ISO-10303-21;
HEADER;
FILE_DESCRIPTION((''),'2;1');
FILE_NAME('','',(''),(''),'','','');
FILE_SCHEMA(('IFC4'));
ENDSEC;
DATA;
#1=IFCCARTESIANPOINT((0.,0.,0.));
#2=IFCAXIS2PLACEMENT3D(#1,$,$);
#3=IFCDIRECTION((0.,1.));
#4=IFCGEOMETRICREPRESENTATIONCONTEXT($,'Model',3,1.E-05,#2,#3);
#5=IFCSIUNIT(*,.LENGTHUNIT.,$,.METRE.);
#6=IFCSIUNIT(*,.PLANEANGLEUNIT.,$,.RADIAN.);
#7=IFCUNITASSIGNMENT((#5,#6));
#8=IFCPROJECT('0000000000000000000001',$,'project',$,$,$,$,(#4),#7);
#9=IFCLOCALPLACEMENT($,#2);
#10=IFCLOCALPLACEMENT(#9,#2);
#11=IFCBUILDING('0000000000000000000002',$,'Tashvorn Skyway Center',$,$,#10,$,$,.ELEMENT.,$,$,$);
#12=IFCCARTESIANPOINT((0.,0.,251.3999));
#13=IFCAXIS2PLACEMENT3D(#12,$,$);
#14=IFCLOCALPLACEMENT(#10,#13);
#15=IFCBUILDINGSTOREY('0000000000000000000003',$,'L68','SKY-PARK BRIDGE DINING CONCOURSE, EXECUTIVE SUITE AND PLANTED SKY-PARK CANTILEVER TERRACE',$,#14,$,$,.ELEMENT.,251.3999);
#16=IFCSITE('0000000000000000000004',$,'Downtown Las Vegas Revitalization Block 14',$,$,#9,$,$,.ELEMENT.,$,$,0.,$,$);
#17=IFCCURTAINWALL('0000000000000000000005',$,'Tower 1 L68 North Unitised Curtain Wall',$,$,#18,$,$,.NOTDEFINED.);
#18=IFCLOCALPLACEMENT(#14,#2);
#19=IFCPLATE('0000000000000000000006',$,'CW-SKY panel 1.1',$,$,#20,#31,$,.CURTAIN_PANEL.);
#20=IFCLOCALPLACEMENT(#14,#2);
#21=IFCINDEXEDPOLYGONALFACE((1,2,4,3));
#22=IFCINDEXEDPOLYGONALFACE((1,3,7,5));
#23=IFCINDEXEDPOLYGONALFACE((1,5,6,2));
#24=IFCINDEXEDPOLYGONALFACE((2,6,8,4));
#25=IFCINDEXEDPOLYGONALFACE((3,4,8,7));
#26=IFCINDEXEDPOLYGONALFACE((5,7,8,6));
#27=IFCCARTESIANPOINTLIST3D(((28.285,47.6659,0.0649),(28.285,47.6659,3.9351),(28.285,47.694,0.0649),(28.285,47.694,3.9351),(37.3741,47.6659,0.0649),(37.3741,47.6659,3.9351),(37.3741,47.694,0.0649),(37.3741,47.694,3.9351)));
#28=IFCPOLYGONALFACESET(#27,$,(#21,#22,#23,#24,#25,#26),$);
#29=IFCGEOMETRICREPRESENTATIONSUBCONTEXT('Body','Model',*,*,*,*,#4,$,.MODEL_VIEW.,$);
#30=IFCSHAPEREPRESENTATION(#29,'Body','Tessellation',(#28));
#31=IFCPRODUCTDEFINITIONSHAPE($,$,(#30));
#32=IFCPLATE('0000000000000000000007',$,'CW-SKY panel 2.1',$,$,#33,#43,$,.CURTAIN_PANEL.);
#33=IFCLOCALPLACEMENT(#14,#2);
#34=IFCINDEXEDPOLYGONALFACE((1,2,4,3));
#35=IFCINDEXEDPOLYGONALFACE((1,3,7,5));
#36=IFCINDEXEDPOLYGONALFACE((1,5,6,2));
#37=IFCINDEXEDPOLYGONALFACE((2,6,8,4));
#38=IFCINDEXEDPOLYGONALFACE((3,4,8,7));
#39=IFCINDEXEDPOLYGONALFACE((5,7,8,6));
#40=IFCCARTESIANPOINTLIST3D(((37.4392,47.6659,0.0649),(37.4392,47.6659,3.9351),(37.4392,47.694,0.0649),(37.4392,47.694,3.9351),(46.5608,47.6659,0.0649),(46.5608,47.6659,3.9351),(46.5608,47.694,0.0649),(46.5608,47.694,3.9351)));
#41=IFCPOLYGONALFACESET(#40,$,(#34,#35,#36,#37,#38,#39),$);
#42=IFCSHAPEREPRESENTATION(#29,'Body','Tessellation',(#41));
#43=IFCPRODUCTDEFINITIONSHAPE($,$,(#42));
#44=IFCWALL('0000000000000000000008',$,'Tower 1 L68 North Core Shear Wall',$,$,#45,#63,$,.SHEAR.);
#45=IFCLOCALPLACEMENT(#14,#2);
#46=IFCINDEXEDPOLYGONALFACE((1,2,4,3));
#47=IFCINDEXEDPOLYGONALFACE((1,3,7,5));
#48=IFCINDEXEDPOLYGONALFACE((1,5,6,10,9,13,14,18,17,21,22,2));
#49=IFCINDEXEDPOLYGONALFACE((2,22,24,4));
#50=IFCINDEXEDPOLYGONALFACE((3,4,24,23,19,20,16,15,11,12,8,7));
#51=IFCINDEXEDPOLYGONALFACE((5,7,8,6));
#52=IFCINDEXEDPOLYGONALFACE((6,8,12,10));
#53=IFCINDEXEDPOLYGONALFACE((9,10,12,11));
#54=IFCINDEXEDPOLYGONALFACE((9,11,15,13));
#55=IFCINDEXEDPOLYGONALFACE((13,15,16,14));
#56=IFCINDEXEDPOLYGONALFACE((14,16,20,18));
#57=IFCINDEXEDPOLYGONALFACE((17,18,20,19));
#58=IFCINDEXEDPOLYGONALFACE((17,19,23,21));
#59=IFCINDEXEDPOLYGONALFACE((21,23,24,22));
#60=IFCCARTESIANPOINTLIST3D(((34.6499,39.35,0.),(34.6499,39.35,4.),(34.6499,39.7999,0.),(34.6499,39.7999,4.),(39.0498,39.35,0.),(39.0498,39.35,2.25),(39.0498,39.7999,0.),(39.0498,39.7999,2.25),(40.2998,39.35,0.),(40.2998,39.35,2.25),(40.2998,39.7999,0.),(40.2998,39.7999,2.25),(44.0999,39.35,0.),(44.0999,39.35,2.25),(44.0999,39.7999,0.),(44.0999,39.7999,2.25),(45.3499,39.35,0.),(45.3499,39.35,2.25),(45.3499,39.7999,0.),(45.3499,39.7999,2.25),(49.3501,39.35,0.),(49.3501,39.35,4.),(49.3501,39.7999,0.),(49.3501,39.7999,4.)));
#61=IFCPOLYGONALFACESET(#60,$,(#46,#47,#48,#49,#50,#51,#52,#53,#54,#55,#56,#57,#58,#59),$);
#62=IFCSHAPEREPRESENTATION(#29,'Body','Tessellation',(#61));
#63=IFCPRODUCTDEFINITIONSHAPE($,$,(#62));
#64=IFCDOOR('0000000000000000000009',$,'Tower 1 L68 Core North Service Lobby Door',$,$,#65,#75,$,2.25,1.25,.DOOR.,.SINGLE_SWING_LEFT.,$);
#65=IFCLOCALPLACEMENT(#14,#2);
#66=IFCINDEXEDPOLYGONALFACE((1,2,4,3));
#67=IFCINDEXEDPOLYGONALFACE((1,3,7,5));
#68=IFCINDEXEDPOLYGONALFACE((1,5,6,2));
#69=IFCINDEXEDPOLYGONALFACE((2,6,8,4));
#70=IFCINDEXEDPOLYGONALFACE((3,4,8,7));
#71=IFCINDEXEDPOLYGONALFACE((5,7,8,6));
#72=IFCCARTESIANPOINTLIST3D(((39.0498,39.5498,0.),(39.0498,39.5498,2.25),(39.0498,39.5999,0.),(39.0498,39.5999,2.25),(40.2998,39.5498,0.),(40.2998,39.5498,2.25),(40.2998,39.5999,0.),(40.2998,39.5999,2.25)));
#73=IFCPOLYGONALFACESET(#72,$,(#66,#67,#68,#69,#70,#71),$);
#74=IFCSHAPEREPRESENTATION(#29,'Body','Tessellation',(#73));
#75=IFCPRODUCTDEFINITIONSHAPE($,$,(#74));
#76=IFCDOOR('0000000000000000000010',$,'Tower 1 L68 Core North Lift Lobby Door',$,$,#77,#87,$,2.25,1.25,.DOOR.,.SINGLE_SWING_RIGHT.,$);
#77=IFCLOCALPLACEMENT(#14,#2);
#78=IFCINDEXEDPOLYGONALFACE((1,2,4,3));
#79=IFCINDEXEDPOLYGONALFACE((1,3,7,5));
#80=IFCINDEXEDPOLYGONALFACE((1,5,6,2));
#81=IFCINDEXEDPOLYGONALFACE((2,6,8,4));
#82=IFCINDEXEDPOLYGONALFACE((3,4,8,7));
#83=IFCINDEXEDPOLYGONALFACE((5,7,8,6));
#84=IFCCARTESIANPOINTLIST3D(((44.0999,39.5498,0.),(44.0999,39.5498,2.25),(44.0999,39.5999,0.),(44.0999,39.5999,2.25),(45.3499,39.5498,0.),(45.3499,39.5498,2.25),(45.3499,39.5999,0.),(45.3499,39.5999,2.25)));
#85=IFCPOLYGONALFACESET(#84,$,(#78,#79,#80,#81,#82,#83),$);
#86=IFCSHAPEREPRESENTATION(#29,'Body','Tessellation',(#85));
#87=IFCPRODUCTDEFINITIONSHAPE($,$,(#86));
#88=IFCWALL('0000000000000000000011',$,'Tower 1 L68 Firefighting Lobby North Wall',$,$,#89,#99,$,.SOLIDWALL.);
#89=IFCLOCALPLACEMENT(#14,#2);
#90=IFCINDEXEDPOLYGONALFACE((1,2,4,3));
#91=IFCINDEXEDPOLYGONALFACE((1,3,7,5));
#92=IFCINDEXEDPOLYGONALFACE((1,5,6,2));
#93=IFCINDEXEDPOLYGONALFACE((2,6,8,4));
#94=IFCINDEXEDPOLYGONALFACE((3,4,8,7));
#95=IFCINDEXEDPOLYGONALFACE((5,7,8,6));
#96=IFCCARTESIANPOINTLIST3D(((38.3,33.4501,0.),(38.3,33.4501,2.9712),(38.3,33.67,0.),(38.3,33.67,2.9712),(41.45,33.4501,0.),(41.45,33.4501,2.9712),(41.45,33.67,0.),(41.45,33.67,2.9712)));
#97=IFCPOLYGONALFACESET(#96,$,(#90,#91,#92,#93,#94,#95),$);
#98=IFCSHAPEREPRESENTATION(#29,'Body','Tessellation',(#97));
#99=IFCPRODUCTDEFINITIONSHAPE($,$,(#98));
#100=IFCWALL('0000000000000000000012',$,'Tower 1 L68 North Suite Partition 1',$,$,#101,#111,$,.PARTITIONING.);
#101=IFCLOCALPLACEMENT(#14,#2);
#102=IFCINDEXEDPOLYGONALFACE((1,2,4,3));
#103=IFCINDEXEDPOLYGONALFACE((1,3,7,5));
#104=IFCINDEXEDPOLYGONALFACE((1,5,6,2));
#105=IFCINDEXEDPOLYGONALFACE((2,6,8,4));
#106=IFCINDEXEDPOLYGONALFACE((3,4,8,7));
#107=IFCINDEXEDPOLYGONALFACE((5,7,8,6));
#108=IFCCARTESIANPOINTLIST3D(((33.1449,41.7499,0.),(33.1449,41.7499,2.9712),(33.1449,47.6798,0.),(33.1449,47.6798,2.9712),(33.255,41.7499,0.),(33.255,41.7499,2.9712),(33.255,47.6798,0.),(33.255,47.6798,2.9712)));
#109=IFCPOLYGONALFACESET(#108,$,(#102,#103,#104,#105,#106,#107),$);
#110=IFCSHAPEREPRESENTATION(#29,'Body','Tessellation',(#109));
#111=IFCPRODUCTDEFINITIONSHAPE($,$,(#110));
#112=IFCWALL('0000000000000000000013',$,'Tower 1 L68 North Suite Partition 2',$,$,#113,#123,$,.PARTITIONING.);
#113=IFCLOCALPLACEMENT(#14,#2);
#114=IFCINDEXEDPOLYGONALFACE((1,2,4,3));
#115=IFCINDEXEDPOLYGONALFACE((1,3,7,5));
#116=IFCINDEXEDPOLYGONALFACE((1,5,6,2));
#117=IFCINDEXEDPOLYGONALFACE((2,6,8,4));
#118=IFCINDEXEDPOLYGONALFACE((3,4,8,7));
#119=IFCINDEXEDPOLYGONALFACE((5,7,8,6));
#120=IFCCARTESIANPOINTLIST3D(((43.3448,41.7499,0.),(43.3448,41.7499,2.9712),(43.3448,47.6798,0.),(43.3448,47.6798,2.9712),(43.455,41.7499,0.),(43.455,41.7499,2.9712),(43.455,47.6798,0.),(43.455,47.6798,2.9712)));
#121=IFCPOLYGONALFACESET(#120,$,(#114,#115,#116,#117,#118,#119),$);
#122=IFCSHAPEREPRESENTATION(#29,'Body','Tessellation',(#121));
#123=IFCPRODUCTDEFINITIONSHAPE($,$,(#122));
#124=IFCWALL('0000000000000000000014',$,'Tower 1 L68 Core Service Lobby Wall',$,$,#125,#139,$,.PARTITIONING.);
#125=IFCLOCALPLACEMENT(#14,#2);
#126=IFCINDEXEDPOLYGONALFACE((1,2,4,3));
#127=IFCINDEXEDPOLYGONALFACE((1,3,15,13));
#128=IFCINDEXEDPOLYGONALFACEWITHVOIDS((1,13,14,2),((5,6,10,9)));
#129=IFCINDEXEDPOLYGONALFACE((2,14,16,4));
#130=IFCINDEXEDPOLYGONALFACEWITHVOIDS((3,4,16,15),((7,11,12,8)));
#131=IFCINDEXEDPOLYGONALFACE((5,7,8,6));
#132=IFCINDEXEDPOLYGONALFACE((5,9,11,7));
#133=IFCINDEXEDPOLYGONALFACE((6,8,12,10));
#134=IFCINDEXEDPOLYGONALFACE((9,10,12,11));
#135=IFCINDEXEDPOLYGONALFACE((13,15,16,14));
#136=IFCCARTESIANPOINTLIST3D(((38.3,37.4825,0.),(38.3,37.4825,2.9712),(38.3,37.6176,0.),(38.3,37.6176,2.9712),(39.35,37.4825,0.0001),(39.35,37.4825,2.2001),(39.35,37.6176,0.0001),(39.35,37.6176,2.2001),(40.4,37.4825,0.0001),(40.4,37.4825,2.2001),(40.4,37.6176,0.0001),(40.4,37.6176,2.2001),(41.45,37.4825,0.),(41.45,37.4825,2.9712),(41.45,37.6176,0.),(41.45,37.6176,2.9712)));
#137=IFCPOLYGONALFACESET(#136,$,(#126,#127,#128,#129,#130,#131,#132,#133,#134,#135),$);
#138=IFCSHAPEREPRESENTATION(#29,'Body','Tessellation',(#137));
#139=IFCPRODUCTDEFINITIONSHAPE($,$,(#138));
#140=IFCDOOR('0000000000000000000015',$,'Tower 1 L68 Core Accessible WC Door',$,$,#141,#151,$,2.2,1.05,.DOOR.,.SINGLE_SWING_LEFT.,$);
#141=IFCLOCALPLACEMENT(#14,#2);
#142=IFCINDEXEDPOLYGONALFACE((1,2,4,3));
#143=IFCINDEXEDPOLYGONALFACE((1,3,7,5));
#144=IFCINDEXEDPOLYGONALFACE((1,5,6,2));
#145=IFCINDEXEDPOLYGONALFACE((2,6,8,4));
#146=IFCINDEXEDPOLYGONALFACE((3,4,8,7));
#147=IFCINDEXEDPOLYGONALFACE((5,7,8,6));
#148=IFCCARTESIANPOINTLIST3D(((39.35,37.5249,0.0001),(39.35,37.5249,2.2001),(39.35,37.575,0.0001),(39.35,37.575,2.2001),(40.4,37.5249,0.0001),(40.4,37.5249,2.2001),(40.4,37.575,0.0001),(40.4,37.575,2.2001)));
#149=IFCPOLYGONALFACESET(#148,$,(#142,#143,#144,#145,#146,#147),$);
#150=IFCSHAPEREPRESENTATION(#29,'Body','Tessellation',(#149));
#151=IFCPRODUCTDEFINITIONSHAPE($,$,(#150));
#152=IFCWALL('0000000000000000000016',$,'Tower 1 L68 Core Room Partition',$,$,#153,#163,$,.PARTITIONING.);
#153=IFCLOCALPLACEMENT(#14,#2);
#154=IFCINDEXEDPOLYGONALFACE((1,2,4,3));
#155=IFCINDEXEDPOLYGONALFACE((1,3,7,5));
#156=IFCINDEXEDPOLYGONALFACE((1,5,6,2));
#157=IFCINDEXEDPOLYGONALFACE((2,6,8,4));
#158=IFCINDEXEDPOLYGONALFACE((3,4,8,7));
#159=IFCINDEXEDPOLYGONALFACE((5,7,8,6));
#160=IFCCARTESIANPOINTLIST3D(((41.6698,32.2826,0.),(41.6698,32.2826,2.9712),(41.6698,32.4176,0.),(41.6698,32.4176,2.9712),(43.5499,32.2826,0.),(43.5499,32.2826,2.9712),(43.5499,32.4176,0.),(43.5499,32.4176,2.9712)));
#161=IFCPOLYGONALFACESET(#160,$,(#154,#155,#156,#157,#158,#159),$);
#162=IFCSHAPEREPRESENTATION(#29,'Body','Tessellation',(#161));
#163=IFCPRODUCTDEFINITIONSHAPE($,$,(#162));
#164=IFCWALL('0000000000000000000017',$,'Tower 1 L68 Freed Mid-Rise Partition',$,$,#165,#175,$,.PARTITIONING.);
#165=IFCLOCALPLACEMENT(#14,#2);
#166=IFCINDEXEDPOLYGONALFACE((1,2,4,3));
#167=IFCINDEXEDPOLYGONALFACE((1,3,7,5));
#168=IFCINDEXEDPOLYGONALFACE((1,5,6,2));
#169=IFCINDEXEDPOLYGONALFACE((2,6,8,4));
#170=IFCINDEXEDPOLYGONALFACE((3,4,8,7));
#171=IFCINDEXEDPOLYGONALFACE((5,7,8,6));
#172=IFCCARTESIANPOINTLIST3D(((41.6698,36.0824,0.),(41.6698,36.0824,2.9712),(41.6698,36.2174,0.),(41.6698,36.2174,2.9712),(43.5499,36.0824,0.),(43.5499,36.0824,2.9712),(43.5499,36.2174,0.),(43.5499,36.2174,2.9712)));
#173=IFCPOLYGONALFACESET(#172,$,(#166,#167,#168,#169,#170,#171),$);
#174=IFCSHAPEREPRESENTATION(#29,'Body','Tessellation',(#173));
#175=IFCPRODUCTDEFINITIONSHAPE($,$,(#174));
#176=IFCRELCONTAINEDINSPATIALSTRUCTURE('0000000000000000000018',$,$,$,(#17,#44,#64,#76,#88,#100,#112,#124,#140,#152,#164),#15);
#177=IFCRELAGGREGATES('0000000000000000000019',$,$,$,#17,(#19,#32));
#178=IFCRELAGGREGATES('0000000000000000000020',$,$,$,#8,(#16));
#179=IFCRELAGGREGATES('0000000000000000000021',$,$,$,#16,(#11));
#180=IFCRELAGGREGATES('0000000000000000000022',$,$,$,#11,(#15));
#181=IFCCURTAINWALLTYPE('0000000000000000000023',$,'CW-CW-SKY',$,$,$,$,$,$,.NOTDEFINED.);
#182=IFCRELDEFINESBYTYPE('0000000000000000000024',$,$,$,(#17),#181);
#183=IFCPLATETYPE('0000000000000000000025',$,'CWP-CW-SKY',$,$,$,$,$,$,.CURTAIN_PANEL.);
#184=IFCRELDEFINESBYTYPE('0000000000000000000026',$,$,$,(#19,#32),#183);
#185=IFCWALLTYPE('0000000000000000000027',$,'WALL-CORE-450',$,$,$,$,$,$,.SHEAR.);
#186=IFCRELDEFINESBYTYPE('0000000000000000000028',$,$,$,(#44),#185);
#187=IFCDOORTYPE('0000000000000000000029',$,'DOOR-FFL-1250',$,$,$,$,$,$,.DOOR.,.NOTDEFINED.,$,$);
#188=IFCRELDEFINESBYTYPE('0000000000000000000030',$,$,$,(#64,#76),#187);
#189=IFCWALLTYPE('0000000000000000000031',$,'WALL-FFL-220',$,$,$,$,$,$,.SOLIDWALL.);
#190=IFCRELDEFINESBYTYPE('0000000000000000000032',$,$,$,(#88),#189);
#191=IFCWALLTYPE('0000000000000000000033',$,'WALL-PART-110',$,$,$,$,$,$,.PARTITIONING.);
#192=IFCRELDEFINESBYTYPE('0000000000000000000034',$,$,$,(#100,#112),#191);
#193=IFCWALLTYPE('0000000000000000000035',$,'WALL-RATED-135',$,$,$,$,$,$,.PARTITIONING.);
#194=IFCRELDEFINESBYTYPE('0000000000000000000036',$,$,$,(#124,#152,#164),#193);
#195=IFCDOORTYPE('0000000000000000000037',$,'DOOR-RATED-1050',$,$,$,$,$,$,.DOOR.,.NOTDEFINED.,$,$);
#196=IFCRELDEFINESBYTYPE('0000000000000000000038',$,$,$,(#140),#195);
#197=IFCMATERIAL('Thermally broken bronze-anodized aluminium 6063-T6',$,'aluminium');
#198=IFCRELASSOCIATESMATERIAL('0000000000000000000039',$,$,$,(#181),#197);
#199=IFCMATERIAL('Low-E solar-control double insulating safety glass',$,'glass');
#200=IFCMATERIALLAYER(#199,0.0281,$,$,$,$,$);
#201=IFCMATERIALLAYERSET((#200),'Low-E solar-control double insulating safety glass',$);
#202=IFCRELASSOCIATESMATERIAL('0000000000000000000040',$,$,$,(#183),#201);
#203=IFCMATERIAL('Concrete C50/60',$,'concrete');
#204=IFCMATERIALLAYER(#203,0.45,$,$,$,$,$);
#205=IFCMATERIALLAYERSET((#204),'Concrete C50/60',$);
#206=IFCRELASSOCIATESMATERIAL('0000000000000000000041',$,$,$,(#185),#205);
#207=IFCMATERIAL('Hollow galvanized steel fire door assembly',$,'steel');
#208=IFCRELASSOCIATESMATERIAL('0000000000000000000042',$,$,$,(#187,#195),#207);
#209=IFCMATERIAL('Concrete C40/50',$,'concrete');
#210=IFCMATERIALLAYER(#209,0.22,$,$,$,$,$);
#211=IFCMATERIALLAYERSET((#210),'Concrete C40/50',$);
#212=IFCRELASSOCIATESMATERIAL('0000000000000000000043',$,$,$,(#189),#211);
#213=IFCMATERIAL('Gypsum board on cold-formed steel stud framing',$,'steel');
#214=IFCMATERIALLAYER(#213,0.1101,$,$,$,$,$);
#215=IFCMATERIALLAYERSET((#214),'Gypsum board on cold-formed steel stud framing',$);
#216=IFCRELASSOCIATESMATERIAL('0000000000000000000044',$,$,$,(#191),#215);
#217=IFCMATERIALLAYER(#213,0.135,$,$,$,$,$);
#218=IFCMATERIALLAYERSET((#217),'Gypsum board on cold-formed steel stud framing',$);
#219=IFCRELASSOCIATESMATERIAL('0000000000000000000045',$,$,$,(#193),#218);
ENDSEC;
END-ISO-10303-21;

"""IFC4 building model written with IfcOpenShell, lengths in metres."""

from ifc_helpers import new_model, si_unit, direction, frame, frame_2d, origin, origin_2d, place, context, subcontext, project, spatial, rectangle, extrude, material, layer, layer_set, type_object, element, fill, aggregate, save


model = new_model("IFC4")

# Units and contexts
model_context = context("Model", 3, precision=1e-05, world=origin(), true_north=direction((0.0, 1.0)))
body_context = subcontext(model_context, "Body", "Model", "MODEL_VIEW")
ifc_project = project(units=[si_unit("LENGTHUNIT", "METRE"), si_unit("PLANEANGLEUNIT", "RADIAN")], contexts=[model_context])

# Site, building, storey
site_placement = place(None, origin())
site = spatial("IfcSite", under=ifc_project, at=site_placement, Name="Downtown Las Vegas Revitalization Block 14", CompositionType="ELEMENT", RefElevation=0.0)
building_placement = place(site_placement, origin())
building = spatial("IfcBuilding", under=site, at=building_placement, Name="Tashvorn Skyway Center", CompositionType="ELEMENT")
storey_placement = place(building_placement, frame((0.0, 0.0, 251.3999)))
storey = spatial("IfcBuildingStorey", under=building, at=storey_placement, Name="L68", Description="SKY-PARK BRIDGE DINING CONCOURSE, EXECUTIVE SUITE AND PLANTED SKY-PARK CANTILEVER TERRACE", CompositionType="ELEMENT", Elevation=251.3999)

# Shared definitions
ifc_material_1 = material(Name="Concrete C50/60", Category="concrete")

# Curtain wall, plates
ifc_material_2 = material(Name="Thermally broken bronze-anodized aluminium 6063-T6", Category="aluminium")
curtain_wall_type = type_object("IfcCurtainWallType", Name="CW-CW-SKY", PredefinedType="NOTDEFINED", material=ifc_material_2)
curtain_wall_placement = place(storey_placement, origin())
curtain_wall = element("IfcCurtainWall", 1, at=curtain_wall_placement, inside=storey, type_object=curtain_wall_type, Name="Tower 1 L68 North Unitised Curtain Wall", PredefinedType="NOTDEFINED")
ifc_material_3 = material(Name="Low-E solar-control double insulating safety glass", Category="glass")
ifc_layer_1 = layer(ifc_material_3, 0.0281)
ifc_layer_set_1 = layer_set([ifc_layer_1], Name="Low-E solar-control double insulating safety glass")
plate_type = type_object("IfcPlateType", Name="CWP-CW-SKY", PredefinedType="CURTAIN_PANEL", material=ifc_layer_set_1)
plate_1_placement = place(storey_placement, frame((32.8296, 47.6799, 0.0649), z_axis=(0.0, 0.0, 1.0), x_axis=(1.0, 0.0, 0.0)))
plate_1 = element("IfcPlate", 2, at=plate_1_placement, type_object=plate_type, Name="CW-SKY panel 1.1", PredefinedType="CURTAIN_PANEL", context=body_context, shape_type="SweptSolid", body=[
    extrude(rectangle(XDim=9.0891, YDim=0.0281, at=origin_2d()), origin(), (0.0, 0.0, 1.0), 3.8701),
])
plate_2_placement = place(storey_placement, frame((42.0, 47.6799, 0.0649), z_axis=(0.0, 0.0, 1.0), x_axis=(1.0, 0.0, 0.0)))
plate_2 = element("IfcPlate", 3, at=plate_2_placement, type_object=plate_type, Name="CW-SKY panel 2.1", PredefinedType="CURTAIN_PANEL", context=body_context, shape_type="SweptSolid", body=[
    extrude(rectangle(XDim=9.1216, YDim=0.0281, at=origin_2d()), origin(), (0.0, 0.0, 1.0), 3.8701),
])
aggregate(curtain_wall, [plate_1, plate_2])

# Wall, openings, doors
ifc_layer_2 = layer(ifc_material_1, 0.45)
ifc_layer_set_2 = layer_set([ifc_layer_2], Name="Concrete C50/60")
wall_type_1 = type_object("IfcWallType", Name="WALL-CORE-450", PredefinedType="SHEAR", material=ifc_layer_set_2)
wall_1_placement = place(storey_placement, frame((34.6499, 39.575, 0.0), z_axis=(0.0, 0.0, 1.0), x_axis=(1.0, 0.0, 0.0)))
wall_1 = element("IfcWall", 4, at=wall_1_placement, inside=storey, type_object=wall_type_1, Name="Tower 1 L68 North Core Shear Wall", PredefinedType="SHEAR", context=body_context, shape_type="SweptSolid", body=[
    extrude(rectangle(XDim=14.7002, YDim=0.45, at=frame_2d((7.3501, 0.0))), origin(), (0.0, 0.0, 1.0), 4.0),
])
opening_1_placement = place(wall_1_placement, frame((4.3999, 0.0, 0.0)))
opening_1 = element("IfcOpeningElement", 5, at=opening_1_placement, cuts=wall_1, PredefinedType="OPENING", context=body_context, shape_type="SweptSolid", body=[
    extrude(rectangle(XDim=1.25, YDim=2.25, at=frame_2d((0.625, 1.125))), frame((0.0, 0.2349, 0.0), z_axis=(0.0, -1.0, 0.0), x_axis=(1.0, 0.0, 0.0)), (0.0, 0.0, 1.0), 0.47),
])
opening_2_placement = place(wall_1_placement, frame((9.45, 0.0, 0.0)))
opening_2 = element("IfcOpeningElement", 6, at=opening_2_placement, cuts=wall_1, PredefinedType="OPENING", context=body_context, shape_type="SweptSolid", body=[
    extrude(rectangle(XDim=1.25, YDim=2.25, at=frame_2d((0.625, 1.125))), frame((0.0, 0.2349, 0.0), z_axis=(0.0, -1.0, 0.0), x_axis=(1.0, 0.0, 0.0)), (0.0, 0.0, 1.0), 0.47),
])
ifc_material_4 = material(Name="Hollow galvanized steel fire door assembly", Category="steel")
door_type_1 = type_object("IfcDoorType", Name="DOOR-FFL-1250", OperationType="NOTDEFINED", PredefinedType="DOOR", material=ifc_material_4)
door_1_placement = place(opening_1_placement, origin())
door_1 = element("IfcDoor", 7, at=door_1_placement, inside=storey, type_object=door_type_1, Name="Tower 1 L68 Core North Service Lobby Door", OperationType="SINGLE_SWING_LEFT", OverallHeight=2.25, OverallWidth=1.25, PredefinedType="DOOR", context=body_context, shape_type="SweptSolid", body=[
    extrude(rectangle(XDim=1.25, YDim=2.25, at=frame_2d((0.625, 1.125))), frame((0.0, 0.0249, 0.0), z_axis=(0.0, -1.0, 0.0), x_axis=(1.0, 0.0, 0.0)), (0.0, 0.0, 1.0), 0.05),
])
fill(opening_1, door_1)
door_2_placement = place(opening_2_placement, origin())
door_2 = element("IfcDoor", 8, at=door_2_placement, inside=storey, type_object=door_type_1, Name="Tower 1 L68 Core North Lift Lobby Door", OperationType="SINGLE_SWING_RIGHT", OverallHeight=2.25, OverallWidth=1.25, PredefinedType="DOOR", context=body_context, shape_type="SweptSolid", body=[
    extrude(rectangle(XDim=1.25, YDim=2.25, at=frame_2d((0.625, 1.125))), frame((0.0, 0.0249, 0.0), z_axis=(0.0, -1.0, 0.0), x_axis=(1.0, 0.0, 0.0)), (0.0, 0.0, 1.0), 0.05),
])
fill(opening_2, door_2)

# Walls
ifc_material_5 = material(Name="Concrete C40/50", Category="concrete")
ifc_layer_3 = layer(ifc_material_5, 0.22)
ifc_layer_set_3 = layer_set([ifc_layer_3], Name="Concrete C40/50")
wall_type_2 = type_object("IfcWallType", Name="WALL-FFL-220", PredefinedType="SOLIDWALL", material=ifc_layer_set_3)
wall_2_placement = place(storey_placement, frame((38.3, 33.5601, 0.0), z_axis=(0.0, 0.0, 1.0), x_axis=(1.0, 0.0, 0.0)))
element("IfcWall", 9, at=wall_2_placement, inside=storey, type_object=wall_type_2, Name="Tower 1 L68 Firefighting Lobby North Wall", PredefinedType="SOLIDWALL", context=body_context, shape_type="SweptSolid", body=[
    extrude(rectangle(XDim=3.1499, YDim=0.22, at=frame_2d((1.575, 0.0))), origin(), (0.0, 0.0, 1.0), 2.9712),
])
ifc_material_6 = material(Name="Gypsum board on cold-formed steel stud framing", Category="steel")
ifc_layer_4 = layer(ifc_material_6, 0.1101)
ifc_layer_set_4 = layer_set([ifc_layer_4], Name="Gypsum board on cold-formed steel stud framing")
wall_type_3 = type_object("IfcWallType", Name="WALL-PART-110", PredefinedType="PARTITIONING", material=ifc_layer_set_4)
for number, where, z_axis, x_axis, name in (
    (10, (33.2, 41.75, 0.0), (0.0, 0.0, 1.0), (0.0, 1.0, 0.0), "Tower 1 L68 North Suite Partition 1"),
    (11, (43.3999, 41.75, 0.0), (0.0, 0.0, 1.0), (0.0, 1.0, 0.0), "Tower 1 L68 North Suite Partition 2"),
):
    element("IfcWall", number, at=place(storey_placement, frame(where, z_axis=z_axis, x_axis=x_axis)), inside=storey, type_object=wall_type_3, Name=name, PredefinedType="PARTITIONING", context=body_context, shape_type="SweptSolid", body=[
        extrude(rectangle(XDim=5.9299, YDim=0.1101, at=frame_2d((2.9648, 0.0))), origin(), (0.0, 0.0, 1.0), 2.9712),
    ])

# Wall, opening, door
ifc_layer_5 = layer(ifc_material_6, 0.135)
ifc_layer_set_5 = layer_set([ifc_layer_5], Name="Gypsum board on cold-formed steel stud framing")
wall_type_4 = type_object("IfcWallType", Name="WALL-RATED-135", PredefinedType="PARTITIONING", material=ifc_layer_set_5)
wall_3_placement = place(storey_placement, frame((38.3, 37.55, 0.0), z_axis=(0.0, 0.0, 1.0), x_axis=(1.0, 0.0, 0.0)))
wall_3 = element("IfcWall", 12, at=wall_3_placement, inside=storey, type_object=wall_type_4, Name="Tower 1 L68 Core Service Lobby Wall", PredefinedType="PARTITIONING", context=body_context, shape_type="SweptSolid", body=[
    extrude(rectangle(XDim=3.1499, YDim=0.135, at=frame_2d((1.575, 0.0))), origin(), (0.0, 0.0, 1.0), 2.9712),
])
opening_3_placement = place(wall_3_placement, frame((1.05, 0.0, 0.0)))
opening_3 = element("IfcOpeningElement", 13, at=opening_3_placement, cuts=wall_3, PredefinedType="OPENING", context=body_context, shape_type="SweptSolid", body=[
    extrude(rectangle(XDim=1.05, YDim=2.2, at=frame_2d((0.5249, 1.1001))), frame((0.0, 0.0774, 0.0), z_axis=(0.0, -1.0, 0.0), x_axis=(1.0, 0.0, 0.0)), (0.0, 0.0, 1.0), 0.155),
])
door_type_2 = type_object("IfcDoorType", Name="DOOR-RATED-1050", OperationType="NOTDEFINED", PredefinedType="DOOR", material=ifc_material_4)
door_3_placement = place(opening_3_placement, origin())
door_3 = element("IfcDoor", 14, at=door_3_placement, inside=storey, type_object=door_type_2, Name="Tower 1 L68 Core Accessible WC Door", OperationType="SINGLE_SWING_LEFT", OverallHeight=2.2, OverallWidth=1.05, PredefinedType="DOOR", context=body_context, shape_type="SweptSolid", body=[
    extrude(rectangle(XDim=1.05, YDim=2.2, at=frame_2d((0.5249, 1.1001))), frame((0.0, 0.0249, 0.0), z_axis=(0.0, -1.0, 0.0), x_axis=(1.0, 0.0, 0.0)), (0.0, 0.0, 1.0), 0.05),
])
fill(opening_3, door_3)

# Walls
for number, where, z_axis, x_axis, name in (
    (15, (41.6699, 32.3501, 0.0), (0.0, 0.0, 1.0), (1.0, 0.0, 0.0), "Tower 1 L68 Core Room Partition"),
    (16, (41.6699, 36.1499, 0.0), (0.0, 0.0, 1.0), (1.0, 0.0, 0.0), "Tower 1 L68 Freed Mid-Rise Partition"),
):
    element("IfcWall", number, at=place(storey_placement, frame(where, z_axis=z_axis, x_axis=x_axis)), inside=storey, type_object=wall_type_4, Name=name, PredefinedType="PARTITIONING", context=body_context, shape_type="SweptSolid", body=[
        extrude(rectangle(XDim=1.8801, YDim=0.135, at=frame_2d((0.9399, 0.0))), origin(), (0.0, 0.0, 1.0), 2.9712),
    ])

save(model, "model.ifc")
